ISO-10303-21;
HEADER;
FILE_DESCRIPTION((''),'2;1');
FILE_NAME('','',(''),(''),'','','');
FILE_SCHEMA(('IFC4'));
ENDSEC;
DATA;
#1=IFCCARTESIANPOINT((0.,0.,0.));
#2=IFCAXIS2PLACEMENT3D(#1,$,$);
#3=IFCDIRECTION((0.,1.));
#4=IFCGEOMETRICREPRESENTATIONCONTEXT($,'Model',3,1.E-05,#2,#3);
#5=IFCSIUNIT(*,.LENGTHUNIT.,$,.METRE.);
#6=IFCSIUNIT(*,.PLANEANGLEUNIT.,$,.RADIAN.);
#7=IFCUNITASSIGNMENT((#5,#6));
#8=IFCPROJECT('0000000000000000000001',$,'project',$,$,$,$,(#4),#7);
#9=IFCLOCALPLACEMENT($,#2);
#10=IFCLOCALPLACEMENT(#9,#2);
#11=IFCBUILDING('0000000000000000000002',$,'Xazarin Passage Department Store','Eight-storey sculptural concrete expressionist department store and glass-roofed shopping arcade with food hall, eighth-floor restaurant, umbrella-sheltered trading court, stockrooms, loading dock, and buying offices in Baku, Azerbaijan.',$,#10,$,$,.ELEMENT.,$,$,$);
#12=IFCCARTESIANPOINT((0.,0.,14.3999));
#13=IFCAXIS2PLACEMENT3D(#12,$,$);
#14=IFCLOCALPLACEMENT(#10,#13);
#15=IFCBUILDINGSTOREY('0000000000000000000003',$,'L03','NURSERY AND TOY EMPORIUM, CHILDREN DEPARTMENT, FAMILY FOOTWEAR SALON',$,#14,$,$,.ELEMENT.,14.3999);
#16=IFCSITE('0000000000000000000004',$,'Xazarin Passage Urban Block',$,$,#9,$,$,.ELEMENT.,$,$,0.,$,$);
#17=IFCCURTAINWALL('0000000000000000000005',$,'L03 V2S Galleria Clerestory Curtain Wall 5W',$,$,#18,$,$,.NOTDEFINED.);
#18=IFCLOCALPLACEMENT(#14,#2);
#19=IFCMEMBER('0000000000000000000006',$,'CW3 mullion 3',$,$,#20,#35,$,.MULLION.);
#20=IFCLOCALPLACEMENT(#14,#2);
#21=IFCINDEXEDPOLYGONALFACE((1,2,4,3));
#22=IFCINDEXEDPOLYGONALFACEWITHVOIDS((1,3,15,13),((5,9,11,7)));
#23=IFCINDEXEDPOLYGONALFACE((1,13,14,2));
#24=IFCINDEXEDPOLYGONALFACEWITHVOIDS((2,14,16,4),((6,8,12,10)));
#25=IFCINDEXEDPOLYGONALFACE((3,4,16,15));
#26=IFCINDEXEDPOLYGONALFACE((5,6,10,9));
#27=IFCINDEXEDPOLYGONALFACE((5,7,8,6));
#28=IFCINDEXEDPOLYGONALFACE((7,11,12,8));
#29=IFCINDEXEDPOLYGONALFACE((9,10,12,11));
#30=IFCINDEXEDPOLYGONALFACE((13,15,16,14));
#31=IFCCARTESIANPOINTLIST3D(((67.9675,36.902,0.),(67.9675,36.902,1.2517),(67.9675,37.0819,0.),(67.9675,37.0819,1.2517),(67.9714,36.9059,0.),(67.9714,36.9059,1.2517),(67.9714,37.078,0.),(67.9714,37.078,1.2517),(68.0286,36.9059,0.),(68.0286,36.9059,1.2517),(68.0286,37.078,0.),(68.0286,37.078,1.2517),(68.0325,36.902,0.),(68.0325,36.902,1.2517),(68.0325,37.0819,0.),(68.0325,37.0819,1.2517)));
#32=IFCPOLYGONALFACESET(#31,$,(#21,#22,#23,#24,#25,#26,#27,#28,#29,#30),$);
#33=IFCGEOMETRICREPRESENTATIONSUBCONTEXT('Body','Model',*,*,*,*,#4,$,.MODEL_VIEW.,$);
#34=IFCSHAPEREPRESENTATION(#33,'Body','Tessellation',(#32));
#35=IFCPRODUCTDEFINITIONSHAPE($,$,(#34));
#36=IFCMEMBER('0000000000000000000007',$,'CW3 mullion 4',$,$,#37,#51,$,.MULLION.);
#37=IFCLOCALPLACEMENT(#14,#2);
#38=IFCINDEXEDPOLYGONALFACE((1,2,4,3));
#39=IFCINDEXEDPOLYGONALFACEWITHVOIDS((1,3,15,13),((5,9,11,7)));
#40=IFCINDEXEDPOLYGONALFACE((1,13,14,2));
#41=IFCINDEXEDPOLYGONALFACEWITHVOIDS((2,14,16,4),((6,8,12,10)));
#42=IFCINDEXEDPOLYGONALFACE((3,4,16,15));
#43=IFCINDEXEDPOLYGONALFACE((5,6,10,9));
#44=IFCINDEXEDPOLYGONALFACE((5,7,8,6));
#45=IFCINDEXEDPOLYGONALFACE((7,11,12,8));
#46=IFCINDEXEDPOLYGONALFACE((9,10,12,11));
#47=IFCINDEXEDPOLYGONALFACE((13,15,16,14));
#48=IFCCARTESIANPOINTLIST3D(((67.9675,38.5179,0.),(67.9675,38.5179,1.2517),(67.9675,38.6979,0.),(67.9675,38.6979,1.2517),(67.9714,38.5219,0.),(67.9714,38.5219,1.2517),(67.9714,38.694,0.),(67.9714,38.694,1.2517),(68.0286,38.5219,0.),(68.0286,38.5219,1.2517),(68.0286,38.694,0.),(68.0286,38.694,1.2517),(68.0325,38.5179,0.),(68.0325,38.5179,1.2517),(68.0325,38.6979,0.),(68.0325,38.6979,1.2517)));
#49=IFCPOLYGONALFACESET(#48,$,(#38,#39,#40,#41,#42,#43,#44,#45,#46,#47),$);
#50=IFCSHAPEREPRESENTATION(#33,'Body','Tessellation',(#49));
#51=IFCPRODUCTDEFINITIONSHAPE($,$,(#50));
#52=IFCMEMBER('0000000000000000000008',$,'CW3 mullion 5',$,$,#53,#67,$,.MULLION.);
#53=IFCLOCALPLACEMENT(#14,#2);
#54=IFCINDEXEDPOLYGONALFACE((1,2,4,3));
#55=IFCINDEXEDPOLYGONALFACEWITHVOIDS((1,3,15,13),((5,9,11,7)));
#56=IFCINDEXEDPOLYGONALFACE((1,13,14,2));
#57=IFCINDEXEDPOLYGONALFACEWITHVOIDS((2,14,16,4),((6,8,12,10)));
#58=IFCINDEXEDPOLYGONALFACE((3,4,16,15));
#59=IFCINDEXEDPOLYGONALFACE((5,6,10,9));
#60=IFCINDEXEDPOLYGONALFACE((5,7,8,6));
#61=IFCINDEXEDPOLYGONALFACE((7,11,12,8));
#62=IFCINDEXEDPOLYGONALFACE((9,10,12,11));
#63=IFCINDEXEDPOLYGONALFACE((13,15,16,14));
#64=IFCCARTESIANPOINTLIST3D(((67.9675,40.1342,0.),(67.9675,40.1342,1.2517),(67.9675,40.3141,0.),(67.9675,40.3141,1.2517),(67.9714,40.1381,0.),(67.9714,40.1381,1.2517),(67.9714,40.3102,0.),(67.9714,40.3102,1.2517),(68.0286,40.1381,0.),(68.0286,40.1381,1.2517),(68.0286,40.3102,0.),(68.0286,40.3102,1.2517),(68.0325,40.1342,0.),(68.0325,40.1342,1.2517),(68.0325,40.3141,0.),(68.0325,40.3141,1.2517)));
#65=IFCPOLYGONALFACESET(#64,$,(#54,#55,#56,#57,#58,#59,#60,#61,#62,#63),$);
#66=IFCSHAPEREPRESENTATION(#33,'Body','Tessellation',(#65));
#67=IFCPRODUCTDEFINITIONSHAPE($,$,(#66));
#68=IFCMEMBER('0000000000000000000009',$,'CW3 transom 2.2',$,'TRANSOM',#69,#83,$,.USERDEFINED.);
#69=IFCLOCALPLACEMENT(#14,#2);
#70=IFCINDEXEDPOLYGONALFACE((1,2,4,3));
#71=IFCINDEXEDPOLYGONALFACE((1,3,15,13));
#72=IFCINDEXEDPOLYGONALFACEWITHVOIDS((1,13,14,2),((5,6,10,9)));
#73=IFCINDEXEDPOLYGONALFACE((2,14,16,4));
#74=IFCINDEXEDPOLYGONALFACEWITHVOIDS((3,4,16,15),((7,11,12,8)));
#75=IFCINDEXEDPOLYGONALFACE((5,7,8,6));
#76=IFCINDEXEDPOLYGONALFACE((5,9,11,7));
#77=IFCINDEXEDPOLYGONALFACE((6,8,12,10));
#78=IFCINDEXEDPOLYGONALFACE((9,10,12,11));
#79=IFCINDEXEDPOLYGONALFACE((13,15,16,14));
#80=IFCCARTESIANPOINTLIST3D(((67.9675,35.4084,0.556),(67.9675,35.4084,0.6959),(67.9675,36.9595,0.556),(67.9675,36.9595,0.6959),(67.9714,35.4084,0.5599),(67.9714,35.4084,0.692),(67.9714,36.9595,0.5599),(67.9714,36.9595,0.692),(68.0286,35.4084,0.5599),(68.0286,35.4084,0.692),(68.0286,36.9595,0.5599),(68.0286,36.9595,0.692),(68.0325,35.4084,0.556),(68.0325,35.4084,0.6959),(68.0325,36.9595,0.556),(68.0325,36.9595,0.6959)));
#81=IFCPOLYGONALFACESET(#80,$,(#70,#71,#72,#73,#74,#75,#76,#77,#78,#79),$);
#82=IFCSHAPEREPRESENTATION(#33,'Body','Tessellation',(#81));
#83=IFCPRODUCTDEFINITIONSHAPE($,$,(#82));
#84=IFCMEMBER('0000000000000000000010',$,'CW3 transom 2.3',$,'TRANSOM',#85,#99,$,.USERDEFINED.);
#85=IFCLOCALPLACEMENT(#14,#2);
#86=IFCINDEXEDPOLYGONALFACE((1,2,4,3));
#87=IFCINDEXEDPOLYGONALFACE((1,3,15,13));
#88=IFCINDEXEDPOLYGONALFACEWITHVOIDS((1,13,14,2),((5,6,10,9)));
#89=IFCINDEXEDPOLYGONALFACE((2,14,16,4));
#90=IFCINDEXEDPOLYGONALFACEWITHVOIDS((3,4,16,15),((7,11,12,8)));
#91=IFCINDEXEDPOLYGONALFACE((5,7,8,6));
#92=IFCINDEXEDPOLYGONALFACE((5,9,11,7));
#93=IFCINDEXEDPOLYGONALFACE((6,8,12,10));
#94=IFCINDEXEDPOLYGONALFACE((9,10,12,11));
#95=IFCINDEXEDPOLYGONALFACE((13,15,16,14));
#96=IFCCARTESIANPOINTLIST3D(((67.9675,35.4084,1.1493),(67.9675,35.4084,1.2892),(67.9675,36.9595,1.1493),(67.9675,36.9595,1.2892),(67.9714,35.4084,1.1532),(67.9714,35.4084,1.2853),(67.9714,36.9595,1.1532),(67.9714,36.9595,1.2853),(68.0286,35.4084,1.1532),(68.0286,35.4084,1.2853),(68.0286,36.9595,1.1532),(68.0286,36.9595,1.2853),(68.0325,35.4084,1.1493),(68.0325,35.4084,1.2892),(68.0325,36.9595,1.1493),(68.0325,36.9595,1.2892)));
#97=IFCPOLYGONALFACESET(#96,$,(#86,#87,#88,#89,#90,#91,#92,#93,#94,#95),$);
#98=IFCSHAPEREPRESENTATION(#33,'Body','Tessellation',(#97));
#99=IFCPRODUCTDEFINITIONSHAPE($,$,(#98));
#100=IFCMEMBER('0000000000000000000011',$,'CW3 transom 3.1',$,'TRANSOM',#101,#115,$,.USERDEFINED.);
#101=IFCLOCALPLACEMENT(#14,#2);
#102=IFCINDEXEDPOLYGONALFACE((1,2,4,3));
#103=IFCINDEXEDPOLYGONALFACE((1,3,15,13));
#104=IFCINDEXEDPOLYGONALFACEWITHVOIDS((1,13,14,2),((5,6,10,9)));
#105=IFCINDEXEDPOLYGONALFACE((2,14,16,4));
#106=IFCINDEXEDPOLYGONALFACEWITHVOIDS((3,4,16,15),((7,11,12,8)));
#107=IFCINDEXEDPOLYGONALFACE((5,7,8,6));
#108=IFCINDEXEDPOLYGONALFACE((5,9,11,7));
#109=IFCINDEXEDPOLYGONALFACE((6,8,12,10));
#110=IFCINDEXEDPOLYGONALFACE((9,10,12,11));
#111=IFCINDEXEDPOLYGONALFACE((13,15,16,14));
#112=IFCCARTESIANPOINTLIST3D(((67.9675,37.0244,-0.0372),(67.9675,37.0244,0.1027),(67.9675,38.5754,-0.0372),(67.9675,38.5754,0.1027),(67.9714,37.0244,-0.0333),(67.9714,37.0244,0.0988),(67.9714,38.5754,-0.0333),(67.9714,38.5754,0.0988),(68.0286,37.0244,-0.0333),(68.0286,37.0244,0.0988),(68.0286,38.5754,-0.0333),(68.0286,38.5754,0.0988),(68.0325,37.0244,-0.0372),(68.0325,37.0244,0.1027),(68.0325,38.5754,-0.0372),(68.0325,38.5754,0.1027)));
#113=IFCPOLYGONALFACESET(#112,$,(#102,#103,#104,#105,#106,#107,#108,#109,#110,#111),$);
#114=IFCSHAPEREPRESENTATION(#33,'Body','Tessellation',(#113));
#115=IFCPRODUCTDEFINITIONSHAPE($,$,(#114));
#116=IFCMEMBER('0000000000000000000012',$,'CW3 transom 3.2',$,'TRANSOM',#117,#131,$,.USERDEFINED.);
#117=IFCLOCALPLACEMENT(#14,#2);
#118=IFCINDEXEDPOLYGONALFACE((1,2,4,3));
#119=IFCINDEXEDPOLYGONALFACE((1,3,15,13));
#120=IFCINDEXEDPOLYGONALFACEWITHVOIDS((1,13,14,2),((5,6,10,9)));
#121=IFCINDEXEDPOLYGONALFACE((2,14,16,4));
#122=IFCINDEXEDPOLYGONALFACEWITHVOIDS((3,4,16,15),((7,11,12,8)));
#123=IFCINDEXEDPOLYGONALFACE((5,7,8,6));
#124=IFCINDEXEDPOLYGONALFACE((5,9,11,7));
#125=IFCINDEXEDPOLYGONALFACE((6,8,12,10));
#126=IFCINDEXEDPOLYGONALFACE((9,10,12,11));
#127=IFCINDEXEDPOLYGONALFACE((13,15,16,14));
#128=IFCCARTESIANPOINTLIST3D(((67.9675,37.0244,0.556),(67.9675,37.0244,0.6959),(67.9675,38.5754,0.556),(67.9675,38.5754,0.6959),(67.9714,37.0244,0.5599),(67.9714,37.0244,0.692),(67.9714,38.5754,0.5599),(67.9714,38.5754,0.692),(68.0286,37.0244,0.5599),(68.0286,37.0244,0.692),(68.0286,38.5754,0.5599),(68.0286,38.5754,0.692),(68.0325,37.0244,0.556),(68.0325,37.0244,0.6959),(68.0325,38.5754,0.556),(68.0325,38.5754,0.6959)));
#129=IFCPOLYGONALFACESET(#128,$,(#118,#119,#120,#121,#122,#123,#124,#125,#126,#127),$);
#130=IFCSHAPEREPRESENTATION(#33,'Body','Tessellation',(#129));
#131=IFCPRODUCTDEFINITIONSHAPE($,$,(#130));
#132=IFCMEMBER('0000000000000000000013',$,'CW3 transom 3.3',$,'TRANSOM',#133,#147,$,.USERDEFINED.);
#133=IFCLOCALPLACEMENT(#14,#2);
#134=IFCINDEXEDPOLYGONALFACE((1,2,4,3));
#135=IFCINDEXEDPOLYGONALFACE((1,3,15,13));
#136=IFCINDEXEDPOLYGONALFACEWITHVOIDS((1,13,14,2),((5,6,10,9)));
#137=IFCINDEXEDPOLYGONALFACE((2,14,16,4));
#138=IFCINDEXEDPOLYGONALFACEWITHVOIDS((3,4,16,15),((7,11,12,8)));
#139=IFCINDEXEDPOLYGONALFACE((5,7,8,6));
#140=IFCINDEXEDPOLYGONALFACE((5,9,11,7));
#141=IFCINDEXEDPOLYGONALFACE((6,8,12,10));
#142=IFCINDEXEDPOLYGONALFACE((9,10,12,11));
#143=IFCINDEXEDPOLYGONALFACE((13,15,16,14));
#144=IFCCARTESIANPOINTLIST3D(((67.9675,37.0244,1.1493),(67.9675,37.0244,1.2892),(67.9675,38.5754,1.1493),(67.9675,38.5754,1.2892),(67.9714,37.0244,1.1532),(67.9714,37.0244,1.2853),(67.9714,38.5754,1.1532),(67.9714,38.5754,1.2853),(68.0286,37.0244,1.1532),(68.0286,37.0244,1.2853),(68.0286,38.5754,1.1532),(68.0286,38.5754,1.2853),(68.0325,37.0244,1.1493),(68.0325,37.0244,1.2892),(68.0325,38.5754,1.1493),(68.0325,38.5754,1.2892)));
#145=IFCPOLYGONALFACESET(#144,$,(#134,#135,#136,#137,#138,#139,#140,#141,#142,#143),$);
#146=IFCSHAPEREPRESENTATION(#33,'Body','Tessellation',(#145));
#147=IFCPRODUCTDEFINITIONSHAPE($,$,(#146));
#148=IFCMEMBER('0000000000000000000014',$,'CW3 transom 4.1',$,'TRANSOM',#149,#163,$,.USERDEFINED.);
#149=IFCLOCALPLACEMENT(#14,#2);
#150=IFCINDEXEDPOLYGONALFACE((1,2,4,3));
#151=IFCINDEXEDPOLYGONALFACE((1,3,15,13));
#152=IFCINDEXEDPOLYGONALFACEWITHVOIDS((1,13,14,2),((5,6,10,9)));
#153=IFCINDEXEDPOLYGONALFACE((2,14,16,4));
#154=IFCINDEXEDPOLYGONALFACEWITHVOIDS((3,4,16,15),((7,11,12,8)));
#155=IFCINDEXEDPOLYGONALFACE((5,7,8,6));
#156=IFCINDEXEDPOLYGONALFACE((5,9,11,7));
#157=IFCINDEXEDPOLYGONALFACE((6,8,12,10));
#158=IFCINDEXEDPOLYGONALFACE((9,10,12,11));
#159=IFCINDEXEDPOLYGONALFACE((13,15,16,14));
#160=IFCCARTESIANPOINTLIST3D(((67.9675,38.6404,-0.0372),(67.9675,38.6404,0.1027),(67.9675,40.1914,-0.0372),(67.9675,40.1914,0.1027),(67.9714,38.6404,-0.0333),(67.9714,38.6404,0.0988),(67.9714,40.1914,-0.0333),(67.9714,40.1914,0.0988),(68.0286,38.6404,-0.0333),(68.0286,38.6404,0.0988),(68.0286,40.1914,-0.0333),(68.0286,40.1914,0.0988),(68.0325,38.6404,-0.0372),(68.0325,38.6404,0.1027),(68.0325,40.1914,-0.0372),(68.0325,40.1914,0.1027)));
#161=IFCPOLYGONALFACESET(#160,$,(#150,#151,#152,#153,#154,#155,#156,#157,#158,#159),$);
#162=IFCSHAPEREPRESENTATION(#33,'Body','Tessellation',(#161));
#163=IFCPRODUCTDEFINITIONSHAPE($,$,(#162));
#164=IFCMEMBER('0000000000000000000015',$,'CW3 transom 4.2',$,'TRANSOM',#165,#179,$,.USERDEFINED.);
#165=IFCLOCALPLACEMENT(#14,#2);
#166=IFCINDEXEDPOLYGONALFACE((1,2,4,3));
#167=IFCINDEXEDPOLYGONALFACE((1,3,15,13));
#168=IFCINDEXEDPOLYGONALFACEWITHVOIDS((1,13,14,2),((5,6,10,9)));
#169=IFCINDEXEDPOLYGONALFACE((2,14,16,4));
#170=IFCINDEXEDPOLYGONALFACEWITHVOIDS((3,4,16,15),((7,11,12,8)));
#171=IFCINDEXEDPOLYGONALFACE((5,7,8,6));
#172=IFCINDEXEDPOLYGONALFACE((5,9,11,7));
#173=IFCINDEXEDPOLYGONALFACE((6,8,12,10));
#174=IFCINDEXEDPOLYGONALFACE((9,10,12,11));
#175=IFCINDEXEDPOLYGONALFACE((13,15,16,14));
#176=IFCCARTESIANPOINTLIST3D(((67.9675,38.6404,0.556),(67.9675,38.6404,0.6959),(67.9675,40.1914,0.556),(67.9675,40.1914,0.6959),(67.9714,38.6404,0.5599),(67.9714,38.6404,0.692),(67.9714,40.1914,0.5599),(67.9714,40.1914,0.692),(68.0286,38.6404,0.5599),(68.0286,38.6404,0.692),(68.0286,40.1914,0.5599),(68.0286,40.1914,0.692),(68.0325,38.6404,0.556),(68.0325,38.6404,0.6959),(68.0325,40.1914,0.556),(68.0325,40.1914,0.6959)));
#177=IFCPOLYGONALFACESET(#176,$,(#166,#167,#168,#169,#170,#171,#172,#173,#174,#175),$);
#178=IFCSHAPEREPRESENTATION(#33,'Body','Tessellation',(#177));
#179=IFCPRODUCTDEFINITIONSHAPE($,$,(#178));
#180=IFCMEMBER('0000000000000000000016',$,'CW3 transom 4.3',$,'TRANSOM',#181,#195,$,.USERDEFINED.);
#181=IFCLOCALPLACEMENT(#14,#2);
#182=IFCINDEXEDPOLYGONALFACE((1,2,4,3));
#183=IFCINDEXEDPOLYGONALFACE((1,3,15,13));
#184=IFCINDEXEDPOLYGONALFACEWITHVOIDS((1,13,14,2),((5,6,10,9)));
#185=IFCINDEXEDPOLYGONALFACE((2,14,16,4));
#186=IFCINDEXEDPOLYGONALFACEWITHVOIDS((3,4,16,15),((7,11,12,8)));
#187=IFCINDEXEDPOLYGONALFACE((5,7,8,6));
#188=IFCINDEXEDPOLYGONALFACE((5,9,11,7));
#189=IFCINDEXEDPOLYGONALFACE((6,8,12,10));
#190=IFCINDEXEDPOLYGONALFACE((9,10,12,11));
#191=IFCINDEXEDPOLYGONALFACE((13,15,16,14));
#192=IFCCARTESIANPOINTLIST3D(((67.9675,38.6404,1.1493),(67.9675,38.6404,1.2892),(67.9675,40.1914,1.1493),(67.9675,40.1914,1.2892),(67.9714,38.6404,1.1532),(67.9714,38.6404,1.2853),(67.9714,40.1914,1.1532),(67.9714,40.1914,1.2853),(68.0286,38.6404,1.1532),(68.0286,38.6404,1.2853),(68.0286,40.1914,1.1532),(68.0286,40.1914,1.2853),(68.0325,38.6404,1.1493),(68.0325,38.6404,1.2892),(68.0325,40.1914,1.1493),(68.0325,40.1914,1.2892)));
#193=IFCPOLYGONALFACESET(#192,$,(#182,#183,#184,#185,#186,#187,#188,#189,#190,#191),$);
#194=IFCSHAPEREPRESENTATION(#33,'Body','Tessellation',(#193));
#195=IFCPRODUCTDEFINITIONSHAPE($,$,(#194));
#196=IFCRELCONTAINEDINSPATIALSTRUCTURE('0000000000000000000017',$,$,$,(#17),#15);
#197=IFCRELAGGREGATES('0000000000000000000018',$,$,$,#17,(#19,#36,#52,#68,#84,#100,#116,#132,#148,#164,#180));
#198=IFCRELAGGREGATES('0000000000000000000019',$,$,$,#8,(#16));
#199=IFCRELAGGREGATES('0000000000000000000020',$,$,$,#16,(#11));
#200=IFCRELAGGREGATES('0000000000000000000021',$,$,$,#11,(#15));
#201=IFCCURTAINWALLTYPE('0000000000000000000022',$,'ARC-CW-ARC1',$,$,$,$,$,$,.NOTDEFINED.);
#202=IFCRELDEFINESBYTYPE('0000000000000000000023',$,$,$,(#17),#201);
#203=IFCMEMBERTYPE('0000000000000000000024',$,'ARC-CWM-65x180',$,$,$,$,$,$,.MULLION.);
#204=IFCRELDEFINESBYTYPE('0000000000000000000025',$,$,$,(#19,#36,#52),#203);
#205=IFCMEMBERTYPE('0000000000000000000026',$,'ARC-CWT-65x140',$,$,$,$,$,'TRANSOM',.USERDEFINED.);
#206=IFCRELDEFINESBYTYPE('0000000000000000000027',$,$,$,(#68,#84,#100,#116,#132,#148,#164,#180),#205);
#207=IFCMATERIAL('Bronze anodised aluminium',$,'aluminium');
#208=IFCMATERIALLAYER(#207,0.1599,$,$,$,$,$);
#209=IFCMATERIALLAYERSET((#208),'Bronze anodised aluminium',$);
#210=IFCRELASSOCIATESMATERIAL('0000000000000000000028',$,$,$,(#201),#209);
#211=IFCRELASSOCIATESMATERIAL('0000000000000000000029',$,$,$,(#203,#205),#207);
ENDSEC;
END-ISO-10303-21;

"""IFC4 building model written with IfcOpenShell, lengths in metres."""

from ifc_helpers import new_model, si_unit, direction, frame, origin, origin_2d, place, context, subcontext, project, spatial, hollow_rectangle, extrude, material, layer, layer_set, material_profile, profile_set, type_object, element, aggregate, save


model = new_model("IFC4")

# Units and contexts
model_context = context("Model", 3, precision=1e-05, world=origin(), true_north=direction((0.0, 1.0)))
body_context = subcontext(model_context, "Body", "Model", "MODEL_VIEW")
ifc_project = project(units=[si_unit("LENGTHUNIT", "METRE"), si_unit("PLANEANGLEUNIT", "RADIAN")], contexts=[model_context])

# Site, building, storey
site_placement = place(None, origin())
site = spatial("IfcSite", under=ifc_project, at=site_placement, Name="Xazarin Passage Urban Block", CompositionType="ELEMENT", RefElevation=0.0)
building_placement = place(site_placement, origin())
building = spatial("IfcBuilding", under=site, at=building_placement, Name="Xazarin Passage Department Store", Description="Eight-storey sculptural concrete expressionist department store and glass-roofed shopping arcade with food hall, eighth-floor restaurant, umbrella-sheltered trading court, stockrooms, loading dock, and buying offices in Baku, Azerbaijan.", CompositionType="ELEMENT")
storey_placement = place(building_placement, frame((0.0, 0.0, 14.3999)))
storey = spatial("IfcBuildingStorey", under=building, at=storey_placement, Name="L03", Description="NURSERY AND TOY EMPORIUM, CHILDREN DEPARTMENT, FAMILY FOOTWEAR SALON", CompositionType="ELEMENT", Elevation=14.3999)

# Curtain wall, members
ifc_material_1 = material(Name="Bronze anodised aluminium", Category="aluminium")
ifc_layer_1 = layer(ifc_material_1, 0.1599)
ifc_layer_set_1 = layer_set([ifc_layer_1], Name="Bronze anodised aluminium")
curtain_wall_type = type_object("IfcCurtainWallType", Name="ARC-CW-ARC1", PredefinedType="NOTDEFINED", material=ifc_layer_set_1)
curtain_wall_placement = place(storey_placement, origin())
curtain_wall = element("IfcCurtainWall", 1, at=curtain_wall_placement, inside=storey, type_object=curtain_wall_type, Name="L03 V2S Galleria Clerestory Curtain Wall 5W", PredefinedType="NOTDEFINED")
ifc_material_profile_1 = material_profile(ifc_material_1, hollow_rectangle(XDim=0.0649, YDim=0.1799, WallThickness=0.0039, at=origin_2d()), Name="ALU 65x180")
ifc_profile_set_1 = profile_set([ifc_material_profile_1], Name="Bronze anodised aluminium")
member_type_1 = type_object("IfcMemberType", Name="ARC-CWM-65x180", PredefinedType="MULLION", material=ifc_profile_set_1)
member_1_placement = place(storey_placement, frame((68.0, 36.9919, 0.0), z_axis=(0.0, 0.0, 1.0), x_axis=(-1.0, 0.0, 0.0)))
member_1 = element("IfcMember", 2, at=member_1_placement, type_object=member_type_1, Name="CW3 mullion 3", PredefinedType="MULLION", context=body_context, shape_type="SweptSolid", body=[
    extrude(hollow_rectangle(XDim=0.0649, YDim=0.1799, WallThickness=0.0039, at=origin_2d()), origin(), (0.0, 0.0, 1.0), 1.2517),
])
member_2_placement = place(storey_placement, frame((68.0, 38.6079, 0.0), z_axis=(0.0, 0.0, 1.0), x_axis=(-1.0, 0.0, 0.0)))
member_2 = element("IfcMember", 3, at=member_2_placement, type_object=member_type_1, Name="CW3 mullion 4", PredefinedType="MULLION", context=body_context, shape_type="SweptSolid", body=[
    extrude(hollow_rectangle(XDim=0.0649, YDim=0.1799, WallThickness=0.0039, at=origin_2d()), origin(), (0.0, 0.0, 1.0), 1.2517),
])
member_3_placement = place(storey_placement, frame((68.0, 40.2241, 0.0), z_axis=(0.0, 0.0, 1.0), x_axis=(-1.0, 0.0, 0.0)))
member_3 = element("IfcMember", 4, at=member_3_placement, type_object=member_type_1, Name="CW3 mullion 5", PredefinedType="MULLION", context=body_context, shape_type="SweptSolid", body=[
    extrude(hollow_rectangle(XDim=0.0649, YDim=0.1799, WallThickness=0.0039, at=origin_2d()), origin(), (0.0, 0.0, 1.0), 1.2517),
])
ifc_material_profile_2 = material_profile(ifc_material_1, hollow_rectangle(XDim=0.0649, YDim=0.1399, WallThickness=0.0039, at=origin_2d()), Name="ALU 65x140")
ifc_profile_set_2 = profile_set([ifc_material_profile_2], Name="Bronze anodised aluminium")
member_type_2 = type_object("IfcMemberType", Name="ARC-CWT-65x140", ElementType="TRANSOM", PredefinedType="USERDEFINED", material=ifc_profile_set_2)
member_4_placement = place(storey_placement, frame((68.0, 35.4084, 0.626), z_axis=(0.0, 1.0, 0.0), x_axis=(-1.0, 0.0, 0.0)))
member_4 = element("IfcMember", 5, at=member_4_placement, type_object=member_type_2, Name="CW3 transom 2.2", ObjectType="TRANSOM", PredefinedType="USERDEFINED", context=body_context, shape_type="SweptSolid", body=[
    extrude(hollow_rectangle(XDim=0.0649, YDim=0.1399, WallThickness=0.0039, at=origin_2d()), origin(), (0.0, 0.0, 1.0), 1.551),
])
member_5_placement = place(storey_placement, frame((68.0, 35.4084, 1.2192), z_axis=(0.0, 1.0, 0.0), x_axis=(-1.0, 0.0, 0.0)))
member_5 = element("IfcMember", 6, at=member_5_placement, type_object=member_type_2, Name="CW3 transom 2.3", ObjectType="TRANSOM", PredefinedType="USERDEFINED", context=body_context, shape_type="SweptSolid", body=[
    extrude(hollow_rectangle(XDim=0.0649, YDim=0.1399, WallThickness=0.0039, at=origin_2d()), origin(), (0.0, 0.0, 1.0), 1.551),
])
member_6_placement = place(storey_placement, frame((68.0, 37.0244, 0.0327), z_axis=(0.0, 1.0, 0.0), x_axis=(-1.0, 0.0, 0.0)))
member_6 = element("IfcMember", 7, at=member_6_placement, type_object=member_type_2, Name="CW3 transom 3.1", ObjectType="TRANSOM", PredefinedType="USERDEFINED", context=body_context, shape_type="SweptSolid", body=[
    extrude(hollow_rectangle(XDim=0.0649, YDim=0.1399, WallThickness=0.0039, at=origin_2d()), origin(), (0.0, 0.0, 1.0), 1.551),
])
member_7_placement = place(storey_placement, frame((68.0, 37.0244, 0.626), z_axis=(0.0, 1.0, 0.0), x_axis=(-1.0, 0.0, 0.0)))
member_7 = element("IfcMember", 8, at=member_7_placement, type_object=member_type_2, Name="CW3 transom 3.2", ObjectType="TRANSOM", PredefinedType="USERDEFINED", context=body_context, shape_type="SweptSolid", body=[
    extrude(hollow_rectangle(XDim=0.0649, YDim=0.1399, WallThickness=0.0039, at=origin_2d()), origin(), (0.0, 0.0, 1.0), 1.551),
])
member_8_placement = place(storey_placement, frame((68.0, 37.0244, 1.2192), z_axis=(0.0, 1.0, 0.0), x_axis=(-1.0, 0.0, 0.0)))
member_8 = element("IfcMember", 9, at=member_8_placement, type_object=member_type_2, Name="CW3 transom 3.3", ObjectType="TRANSOM", PredefinedType="USERDEFINED", context=body_context, shape_type="SweptSolid", body=[
    extrude(hollow_rectangle(XDim=0.0649, YDim=0.1399, WallThickness=0.0039, at=origin_2d()), origin(), (0.0, 0.0, 1.0), 1.551),
])
member_9_placement = place(storey_placement, frame((68.0, 38.6404, 0.0327), z_axis=(0.0, 1.0, 0.0), x_axis=(-1.0, 0.0, 0.0)))
member_9 = element("IfcMember", 10, at=member_9_placement, type_object=member_type_2, Name="CW3 transom 4.1", ObjectType="TRANSOM", PredefinedType="USERDEFINED", context=body_context, shape_type="SweptSolid", body=[
    extrude(hollow_rectangle(XDim=0.0649, YDim=0.1399, WallThickness=0.0039, at=origin_2d()), origin(), (0.0, 0.0, 1.0), 1.551),
])
member_10_placement = place(storey_placement, frame((68.0, 38.6404, 0.626), z_axis=(0.0, 1.0, 0.0), x_axis=(-1.0, 0.0, 0.0)))
member_10 = element("IfcMember", 11, at=member_10_placement, type_object=member_type_2, Name="CW3 transom 4.2", ObjectType="TRANSOM", PredefinedType="USERDEFINED", context=body_context, shape_type="SweptSolid", body=[
    extrude(hollow_rectangle(XDim=0.0649, YDim=0.1399, WallThickness=0.0039, at=origin_2d()), origin(), (0.0, 0.0, 1.0), 1.551),
])
member_11_placement = place(storey_placement, frame((68.0, 38.6404, 1.2192), z_axis=(0.0, 1.0, 0.0), x_axis=(-1.0, 0.0, 0.0)))
member_11 = element("IfcMember", 12, at=member_11_placement, type_object=member_type_2, Name="CW3 transom 4.3", ObjectType="TRANSOM", PredefinedType="USERDEFINED", context=body_context, shape_type="SweptSolid", body=[
    extrude(hollow_rectangle(XDim=0.0649, YDim=0.1399, WallThickness=0.0039, at=origin_2d()), origin(), (0.0, 0.0, 1.0), 1.551),
])
aggregate(curtain_wall, [member_1, member_2, member_3, member_4, member_5, member_6, member_7, member_8, member_9, member_10, member_11])

save(model, "model.ifc")
